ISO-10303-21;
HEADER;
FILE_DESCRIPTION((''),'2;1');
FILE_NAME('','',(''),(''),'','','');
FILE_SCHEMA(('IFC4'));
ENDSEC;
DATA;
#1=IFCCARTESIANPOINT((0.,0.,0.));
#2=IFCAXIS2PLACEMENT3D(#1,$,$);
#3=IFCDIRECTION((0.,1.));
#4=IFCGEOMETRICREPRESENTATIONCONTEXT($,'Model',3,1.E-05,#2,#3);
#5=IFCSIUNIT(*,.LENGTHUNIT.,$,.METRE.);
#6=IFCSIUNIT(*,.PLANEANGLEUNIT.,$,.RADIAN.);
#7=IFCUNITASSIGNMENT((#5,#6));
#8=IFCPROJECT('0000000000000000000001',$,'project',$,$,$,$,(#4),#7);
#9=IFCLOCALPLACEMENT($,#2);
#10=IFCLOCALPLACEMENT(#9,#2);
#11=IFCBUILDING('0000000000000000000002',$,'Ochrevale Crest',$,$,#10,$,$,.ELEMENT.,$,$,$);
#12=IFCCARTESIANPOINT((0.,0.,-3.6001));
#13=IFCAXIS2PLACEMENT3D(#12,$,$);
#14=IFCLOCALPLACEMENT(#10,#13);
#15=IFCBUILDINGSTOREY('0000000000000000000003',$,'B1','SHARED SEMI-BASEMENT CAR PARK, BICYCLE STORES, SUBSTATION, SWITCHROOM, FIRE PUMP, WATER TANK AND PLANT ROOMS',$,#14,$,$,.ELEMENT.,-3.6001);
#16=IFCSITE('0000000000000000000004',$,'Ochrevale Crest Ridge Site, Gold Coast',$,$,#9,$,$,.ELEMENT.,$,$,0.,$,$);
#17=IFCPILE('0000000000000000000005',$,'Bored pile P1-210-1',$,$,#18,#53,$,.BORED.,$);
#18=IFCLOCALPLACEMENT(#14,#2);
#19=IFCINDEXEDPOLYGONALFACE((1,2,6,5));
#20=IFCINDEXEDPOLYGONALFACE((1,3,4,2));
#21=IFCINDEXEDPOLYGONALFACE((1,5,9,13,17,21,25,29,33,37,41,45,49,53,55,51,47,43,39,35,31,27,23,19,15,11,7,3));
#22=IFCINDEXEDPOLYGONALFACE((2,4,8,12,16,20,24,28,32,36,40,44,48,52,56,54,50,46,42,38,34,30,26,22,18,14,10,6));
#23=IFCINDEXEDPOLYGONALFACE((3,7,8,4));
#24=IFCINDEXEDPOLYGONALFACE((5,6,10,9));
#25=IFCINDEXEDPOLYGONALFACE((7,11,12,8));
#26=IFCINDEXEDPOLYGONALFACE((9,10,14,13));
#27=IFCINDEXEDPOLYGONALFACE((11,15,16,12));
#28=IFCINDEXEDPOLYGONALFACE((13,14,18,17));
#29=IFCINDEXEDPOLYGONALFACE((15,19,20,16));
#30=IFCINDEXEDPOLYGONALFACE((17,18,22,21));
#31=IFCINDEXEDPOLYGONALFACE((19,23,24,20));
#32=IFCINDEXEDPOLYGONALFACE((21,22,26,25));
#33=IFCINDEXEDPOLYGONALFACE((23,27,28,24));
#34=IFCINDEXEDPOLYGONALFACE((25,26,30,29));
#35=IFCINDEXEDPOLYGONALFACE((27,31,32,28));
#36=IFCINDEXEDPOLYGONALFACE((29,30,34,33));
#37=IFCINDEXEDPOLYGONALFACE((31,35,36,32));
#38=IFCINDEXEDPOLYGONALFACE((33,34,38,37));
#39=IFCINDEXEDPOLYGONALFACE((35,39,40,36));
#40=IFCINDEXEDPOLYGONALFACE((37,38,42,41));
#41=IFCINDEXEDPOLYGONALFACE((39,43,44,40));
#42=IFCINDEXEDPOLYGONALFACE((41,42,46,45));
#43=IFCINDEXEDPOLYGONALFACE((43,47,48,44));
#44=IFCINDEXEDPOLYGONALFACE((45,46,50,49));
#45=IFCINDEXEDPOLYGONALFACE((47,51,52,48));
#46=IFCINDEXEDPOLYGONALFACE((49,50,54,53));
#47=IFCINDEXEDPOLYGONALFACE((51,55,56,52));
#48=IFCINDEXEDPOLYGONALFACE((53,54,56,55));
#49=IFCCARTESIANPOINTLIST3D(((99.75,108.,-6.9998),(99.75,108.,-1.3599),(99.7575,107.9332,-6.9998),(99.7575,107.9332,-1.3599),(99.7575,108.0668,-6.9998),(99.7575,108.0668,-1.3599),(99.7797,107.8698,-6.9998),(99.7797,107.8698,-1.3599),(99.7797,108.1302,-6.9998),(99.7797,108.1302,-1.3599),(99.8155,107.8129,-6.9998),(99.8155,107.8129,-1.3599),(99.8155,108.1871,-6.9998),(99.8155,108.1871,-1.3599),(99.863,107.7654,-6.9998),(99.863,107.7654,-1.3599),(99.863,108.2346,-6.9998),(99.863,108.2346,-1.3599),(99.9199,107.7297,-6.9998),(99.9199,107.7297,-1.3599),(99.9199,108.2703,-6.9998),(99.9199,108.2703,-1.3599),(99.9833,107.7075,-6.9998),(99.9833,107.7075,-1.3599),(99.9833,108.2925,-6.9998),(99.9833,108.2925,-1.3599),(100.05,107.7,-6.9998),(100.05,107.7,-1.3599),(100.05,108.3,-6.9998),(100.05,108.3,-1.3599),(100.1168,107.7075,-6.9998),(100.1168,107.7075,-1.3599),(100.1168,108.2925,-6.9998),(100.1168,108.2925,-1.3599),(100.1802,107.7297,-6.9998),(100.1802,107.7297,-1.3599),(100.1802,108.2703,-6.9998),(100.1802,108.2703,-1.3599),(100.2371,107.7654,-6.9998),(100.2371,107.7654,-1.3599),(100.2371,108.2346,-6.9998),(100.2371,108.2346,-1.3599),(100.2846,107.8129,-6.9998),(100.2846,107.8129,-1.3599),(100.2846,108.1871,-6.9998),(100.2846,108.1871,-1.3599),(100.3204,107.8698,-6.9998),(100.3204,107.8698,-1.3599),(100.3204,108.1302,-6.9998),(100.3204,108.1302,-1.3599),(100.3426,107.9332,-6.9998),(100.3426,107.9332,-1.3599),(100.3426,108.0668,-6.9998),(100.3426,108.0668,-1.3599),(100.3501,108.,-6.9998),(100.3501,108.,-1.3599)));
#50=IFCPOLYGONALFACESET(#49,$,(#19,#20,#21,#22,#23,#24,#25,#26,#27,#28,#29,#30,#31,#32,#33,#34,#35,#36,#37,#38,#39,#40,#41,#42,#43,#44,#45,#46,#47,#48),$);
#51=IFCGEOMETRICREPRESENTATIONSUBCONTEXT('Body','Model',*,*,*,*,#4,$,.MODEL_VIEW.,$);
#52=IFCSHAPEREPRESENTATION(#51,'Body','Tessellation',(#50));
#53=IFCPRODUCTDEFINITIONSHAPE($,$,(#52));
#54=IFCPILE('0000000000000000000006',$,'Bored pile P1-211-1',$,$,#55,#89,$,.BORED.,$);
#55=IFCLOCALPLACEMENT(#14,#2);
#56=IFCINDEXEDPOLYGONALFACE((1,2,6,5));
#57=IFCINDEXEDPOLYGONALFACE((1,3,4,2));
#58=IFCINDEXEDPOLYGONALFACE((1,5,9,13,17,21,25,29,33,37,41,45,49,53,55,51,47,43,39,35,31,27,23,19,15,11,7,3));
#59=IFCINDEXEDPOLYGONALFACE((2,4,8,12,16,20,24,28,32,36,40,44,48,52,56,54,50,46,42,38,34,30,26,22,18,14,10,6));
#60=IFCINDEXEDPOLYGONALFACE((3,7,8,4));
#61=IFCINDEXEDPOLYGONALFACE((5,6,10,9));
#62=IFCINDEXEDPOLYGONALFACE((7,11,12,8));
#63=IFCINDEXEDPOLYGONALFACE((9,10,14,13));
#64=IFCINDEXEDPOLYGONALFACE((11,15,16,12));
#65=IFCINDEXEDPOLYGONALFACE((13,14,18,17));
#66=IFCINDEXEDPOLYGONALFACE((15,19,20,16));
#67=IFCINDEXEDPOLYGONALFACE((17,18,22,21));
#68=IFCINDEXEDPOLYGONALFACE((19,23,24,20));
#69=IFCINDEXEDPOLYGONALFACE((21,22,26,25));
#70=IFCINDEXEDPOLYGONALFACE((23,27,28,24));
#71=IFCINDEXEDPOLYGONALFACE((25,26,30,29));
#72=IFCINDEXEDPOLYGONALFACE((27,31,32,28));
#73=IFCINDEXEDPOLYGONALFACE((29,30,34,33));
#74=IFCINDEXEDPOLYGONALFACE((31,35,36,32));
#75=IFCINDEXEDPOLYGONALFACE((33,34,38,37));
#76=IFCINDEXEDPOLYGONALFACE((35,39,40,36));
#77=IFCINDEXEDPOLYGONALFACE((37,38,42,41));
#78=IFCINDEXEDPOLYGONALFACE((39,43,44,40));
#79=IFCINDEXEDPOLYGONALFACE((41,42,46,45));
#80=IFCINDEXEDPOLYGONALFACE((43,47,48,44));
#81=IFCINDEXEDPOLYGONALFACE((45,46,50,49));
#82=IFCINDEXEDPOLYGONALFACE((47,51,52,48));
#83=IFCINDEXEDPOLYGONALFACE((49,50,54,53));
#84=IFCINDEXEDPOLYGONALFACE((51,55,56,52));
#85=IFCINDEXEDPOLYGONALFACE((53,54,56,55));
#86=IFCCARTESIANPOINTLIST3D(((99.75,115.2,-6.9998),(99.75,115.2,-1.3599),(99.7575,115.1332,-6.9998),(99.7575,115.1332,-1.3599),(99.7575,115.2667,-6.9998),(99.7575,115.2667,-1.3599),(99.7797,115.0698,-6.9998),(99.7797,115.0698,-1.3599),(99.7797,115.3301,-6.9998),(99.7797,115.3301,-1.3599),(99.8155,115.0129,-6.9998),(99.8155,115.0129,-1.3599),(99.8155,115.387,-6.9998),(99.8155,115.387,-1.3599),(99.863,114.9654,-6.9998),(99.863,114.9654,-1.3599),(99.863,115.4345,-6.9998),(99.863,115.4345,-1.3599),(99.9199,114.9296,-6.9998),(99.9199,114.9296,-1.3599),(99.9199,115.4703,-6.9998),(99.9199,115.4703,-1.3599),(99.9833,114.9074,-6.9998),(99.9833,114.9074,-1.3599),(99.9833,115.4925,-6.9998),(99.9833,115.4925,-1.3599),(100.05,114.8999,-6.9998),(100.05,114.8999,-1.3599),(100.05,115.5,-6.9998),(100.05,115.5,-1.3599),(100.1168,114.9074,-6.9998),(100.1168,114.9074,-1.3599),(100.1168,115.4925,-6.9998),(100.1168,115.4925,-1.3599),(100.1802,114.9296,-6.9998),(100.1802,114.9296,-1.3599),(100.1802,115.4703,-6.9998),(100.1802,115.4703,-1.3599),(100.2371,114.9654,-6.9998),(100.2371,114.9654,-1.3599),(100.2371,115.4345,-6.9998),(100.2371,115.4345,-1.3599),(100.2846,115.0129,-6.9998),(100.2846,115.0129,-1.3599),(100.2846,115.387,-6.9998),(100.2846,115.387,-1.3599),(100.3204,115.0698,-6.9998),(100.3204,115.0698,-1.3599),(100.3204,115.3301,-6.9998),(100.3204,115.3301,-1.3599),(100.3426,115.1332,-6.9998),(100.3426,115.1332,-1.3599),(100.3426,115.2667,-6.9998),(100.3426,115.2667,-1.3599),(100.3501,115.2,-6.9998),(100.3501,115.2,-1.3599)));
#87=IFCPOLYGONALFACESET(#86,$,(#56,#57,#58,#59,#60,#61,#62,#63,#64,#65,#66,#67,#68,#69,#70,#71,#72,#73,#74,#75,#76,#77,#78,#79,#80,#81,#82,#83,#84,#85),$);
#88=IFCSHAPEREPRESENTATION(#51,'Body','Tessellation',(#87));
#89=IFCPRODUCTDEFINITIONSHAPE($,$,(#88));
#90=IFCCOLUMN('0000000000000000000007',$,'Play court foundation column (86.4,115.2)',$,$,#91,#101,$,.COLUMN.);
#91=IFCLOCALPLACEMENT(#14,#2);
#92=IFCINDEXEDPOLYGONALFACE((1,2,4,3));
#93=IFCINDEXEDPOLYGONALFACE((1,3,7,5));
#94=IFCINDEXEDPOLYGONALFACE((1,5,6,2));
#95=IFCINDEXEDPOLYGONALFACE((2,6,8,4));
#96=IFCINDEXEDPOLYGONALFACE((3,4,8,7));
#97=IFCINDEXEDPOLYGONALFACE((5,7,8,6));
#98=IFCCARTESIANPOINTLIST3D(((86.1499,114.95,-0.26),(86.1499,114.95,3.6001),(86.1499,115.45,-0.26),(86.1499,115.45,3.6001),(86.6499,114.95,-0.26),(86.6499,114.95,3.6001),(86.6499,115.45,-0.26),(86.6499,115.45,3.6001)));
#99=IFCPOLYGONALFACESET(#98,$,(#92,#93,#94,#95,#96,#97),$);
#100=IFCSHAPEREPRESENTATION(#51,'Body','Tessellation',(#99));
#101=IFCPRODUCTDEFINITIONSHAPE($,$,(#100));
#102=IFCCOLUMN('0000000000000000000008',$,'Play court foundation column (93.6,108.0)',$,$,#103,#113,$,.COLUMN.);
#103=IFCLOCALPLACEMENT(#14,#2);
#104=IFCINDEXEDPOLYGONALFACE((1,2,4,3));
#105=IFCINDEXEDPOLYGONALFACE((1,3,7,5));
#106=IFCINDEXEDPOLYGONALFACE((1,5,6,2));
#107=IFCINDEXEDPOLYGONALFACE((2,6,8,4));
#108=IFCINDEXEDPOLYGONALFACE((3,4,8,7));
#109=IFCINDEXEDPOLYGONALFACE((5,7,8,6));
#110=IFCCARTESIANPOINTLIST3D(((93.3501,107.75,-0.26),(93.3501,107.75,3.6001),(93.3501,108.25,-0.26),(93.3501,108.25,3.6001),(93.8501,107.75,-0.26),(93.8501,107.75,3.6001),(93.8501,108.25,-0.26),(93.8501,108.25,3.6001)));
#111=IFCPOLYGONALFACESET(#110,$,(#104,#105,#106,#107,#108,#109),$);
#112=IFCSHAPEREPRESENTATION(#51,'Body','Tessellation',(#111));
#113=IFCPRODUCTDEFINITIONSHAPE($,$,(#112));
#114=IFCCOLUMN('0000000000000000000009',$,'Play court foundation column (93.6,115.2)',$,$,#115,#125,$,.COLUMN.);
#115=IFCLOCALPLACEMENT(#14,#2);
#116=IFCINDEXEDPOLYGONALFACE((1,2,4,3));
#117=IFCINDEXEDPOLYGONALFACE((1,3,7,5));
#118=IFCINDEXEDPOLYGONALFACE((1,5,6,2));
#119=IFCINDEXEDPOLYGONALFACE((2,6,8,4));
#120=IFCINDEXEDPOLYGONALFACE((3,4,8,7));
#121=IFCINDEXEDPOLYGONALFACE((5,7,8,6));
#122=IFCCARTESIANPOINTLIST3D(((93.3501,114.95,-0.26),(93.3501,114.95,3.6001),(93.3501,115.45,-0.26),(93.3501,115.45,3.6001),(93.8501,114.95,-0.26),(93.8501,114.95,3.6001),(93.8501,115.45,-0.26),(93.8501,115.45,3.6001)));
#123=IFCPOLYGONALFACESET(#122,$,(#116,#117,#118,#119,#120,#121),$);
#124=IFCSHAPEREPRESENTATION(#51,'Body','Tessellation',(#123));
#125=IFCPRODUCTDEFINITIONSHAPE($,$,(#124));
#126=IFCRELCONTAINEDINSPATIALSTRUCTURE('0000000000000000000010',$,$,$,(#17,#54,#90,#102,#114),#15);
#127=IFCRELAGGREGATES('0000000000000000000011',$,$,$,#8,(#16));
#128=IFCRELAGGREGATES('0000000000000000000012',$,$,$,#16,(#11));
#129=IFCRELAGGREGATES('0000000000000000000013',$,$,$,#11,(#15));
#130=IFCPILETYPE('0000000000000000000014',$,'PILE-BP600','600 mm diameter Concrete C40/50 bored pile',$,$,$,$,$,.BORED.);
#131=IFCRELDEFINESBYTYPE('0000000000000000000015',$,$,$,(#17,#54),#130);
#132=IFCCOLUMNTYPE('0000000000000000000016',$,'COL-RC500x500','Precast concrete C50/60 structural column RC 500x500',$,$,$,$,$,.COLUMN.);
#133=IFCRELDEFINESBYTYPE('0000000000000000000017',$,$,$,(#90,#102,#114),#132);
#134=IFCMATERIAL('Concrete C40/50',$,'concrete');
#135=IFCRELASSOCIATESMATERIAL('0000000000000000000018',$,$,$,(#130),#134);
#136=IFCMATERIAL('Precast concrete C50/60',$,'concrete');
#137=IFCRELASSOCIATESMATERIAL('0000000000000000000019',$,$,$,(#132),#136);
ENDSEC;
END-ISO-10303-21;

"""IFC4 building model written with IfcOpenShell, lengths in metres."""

from ifc_helpers import new_model, si_unit, direction, frame, origin, origin_2d, place, context, subcontext, project, spatial, rectangle, circle, extrude, material, material_profile, profile_set, type_object, element, save


model = new_model("IFC4")

# Units and contexts
model_context = context("Model", 3, precision=1e-05, world=origin(), true_north=direction((0.0, 1.0)))
body_context = subcontext(model_context, "Body", "Model", "MODEL_VIEW")
ifc_project = project(units=[si_unit("LENGTHUNIT", "METRE"), si_unit("PLANEANGLEUNIT", "RADIAN")], contexts=[model_context])

# Site, building, storey
site_placement = place(None, origin())
site = spatial("IfcSite", under=ifc_project, at=site_placement, Name="Ochrevale Crest Ridge Site, Gold Coast", CompositionType="ELEMENT", RefElevation=0.0)
building_placement = place(site_placement, origin())
building = spatial("IfcBuilding", under=site, at=building_placement, Name="Ochrevale Crest", CompositionType="ELEMENT")
storey_placement = place(building_placement, frame((0.0, 0.0, -3.6001)))
storey = spatial("IfcBuildingStorey", under=building, at=storey_placement, Name="B1", Description="SHARED SEMI-BASEMENT CAR PARK, BICYCLE STORES, SUBSTATION, SWITCHROOM, FIRE PUMP, WATER TANK AND PLANT ROOMS", CompositionType="ELEMENT", Elevation=-3.6001)

# Shared definitions
ifc_material_1 = material(Name="Concrete C40/50", Category="concrete")

# Piles
ifc_material_profile_1 = material_profile(ifc_material_1, circle(Radius=0.3, at=origin_2d()), Name="BORED PILE 600")
ifc_profile_set_1 = profile_set([ifc_material_profile_1], Name="Concrete C40/50")
pile_type = type_object("IfcPileType", Name="PILE-BP600", Description="600 mm diameter Concrete C40/50 bored pile", PredefinedType="BORED", material=ifc_profile_set_1)
for number, where, z_axis, x_axis, name in (
    (1, (100.05, 108.0, -1.3599), (0.0, 0.0, -1.0), (1.0, 0.0, 0.0), "Bored pile P1-210-1"),
    (2, (100.05, 115.2, -1.3599), (0.0, 0.0, -1.0), (1.0, 0.0, 0.0), "Bored pile P1-211-1"),
):
    element("IfcPile", number, at=place(storey_placement, frame(where, z_axis=z_axis, x_axis=x_axis)), inside=storey, type_object=pile_type, Name=name, PredefinedType="BORED", context=body_context, shape_type="SweptSolid", body=[
        extrude(circle(Radius=0.3, at=origin_2d()), origin(), (0.0, 0.0, 1.0), 5.6399),
    ])

# Columns
ifc_material_2 = material(Name="Precast concrete C50/60", Category="concrete")
ifc_material_profile_2 = material_profile(ifc_material_2, rectangle(XDim=0.5, YDim=0.5, at=origin_2d()), Name="RC 500x500")
ifc_profile_set_2 = profile_set([ifc_material_profile_2], Name="Precast concrete C50/60")
column_type = type_object("IfcColumnType", Name="COL-RC500x500", Description="Precast concrete C50/60 structural column RC 500x500", PredefinedType="COLUMN", material=ifc_profile_set_2)
for number, where, z_axis, x_axis, name in (
    (3, (86.3999, 115.2, -0.26), (0.0, 0.0, 1.0), (1.0, 0.0, 0.0), "Play court foundation column (86.4,115.2)"),
    (4, (93.6001, 108.0, -0.26), (0.0, 0.0, 1.0), (1.0, 0.0, 0.0), "Play court foundation column (93.6,108.0)"),
    (5, (93.6001, 115.2, -0.26), (0.0, 0.0, 1.0), (1.0, 0.0, 0.0), "Play court foundation column (93.6,115.2)"),
):
    element("IfcColumn", number, at=place(storey_placement, frame(where, z_axis=z_axis, x_axis=x_axis)), inside=storey, type_object=column_type, Name=name, PredefinedType="COLUMN", context=body_context, shape_type="SweptSolid", body=[
        extrude(rectangle(XDim=0.5, YDim=0.5, at=origin_2d()), origin(), (0.0, 0.0, 1.0), 3.8601),
    ])

save(model, "model.ifc")
